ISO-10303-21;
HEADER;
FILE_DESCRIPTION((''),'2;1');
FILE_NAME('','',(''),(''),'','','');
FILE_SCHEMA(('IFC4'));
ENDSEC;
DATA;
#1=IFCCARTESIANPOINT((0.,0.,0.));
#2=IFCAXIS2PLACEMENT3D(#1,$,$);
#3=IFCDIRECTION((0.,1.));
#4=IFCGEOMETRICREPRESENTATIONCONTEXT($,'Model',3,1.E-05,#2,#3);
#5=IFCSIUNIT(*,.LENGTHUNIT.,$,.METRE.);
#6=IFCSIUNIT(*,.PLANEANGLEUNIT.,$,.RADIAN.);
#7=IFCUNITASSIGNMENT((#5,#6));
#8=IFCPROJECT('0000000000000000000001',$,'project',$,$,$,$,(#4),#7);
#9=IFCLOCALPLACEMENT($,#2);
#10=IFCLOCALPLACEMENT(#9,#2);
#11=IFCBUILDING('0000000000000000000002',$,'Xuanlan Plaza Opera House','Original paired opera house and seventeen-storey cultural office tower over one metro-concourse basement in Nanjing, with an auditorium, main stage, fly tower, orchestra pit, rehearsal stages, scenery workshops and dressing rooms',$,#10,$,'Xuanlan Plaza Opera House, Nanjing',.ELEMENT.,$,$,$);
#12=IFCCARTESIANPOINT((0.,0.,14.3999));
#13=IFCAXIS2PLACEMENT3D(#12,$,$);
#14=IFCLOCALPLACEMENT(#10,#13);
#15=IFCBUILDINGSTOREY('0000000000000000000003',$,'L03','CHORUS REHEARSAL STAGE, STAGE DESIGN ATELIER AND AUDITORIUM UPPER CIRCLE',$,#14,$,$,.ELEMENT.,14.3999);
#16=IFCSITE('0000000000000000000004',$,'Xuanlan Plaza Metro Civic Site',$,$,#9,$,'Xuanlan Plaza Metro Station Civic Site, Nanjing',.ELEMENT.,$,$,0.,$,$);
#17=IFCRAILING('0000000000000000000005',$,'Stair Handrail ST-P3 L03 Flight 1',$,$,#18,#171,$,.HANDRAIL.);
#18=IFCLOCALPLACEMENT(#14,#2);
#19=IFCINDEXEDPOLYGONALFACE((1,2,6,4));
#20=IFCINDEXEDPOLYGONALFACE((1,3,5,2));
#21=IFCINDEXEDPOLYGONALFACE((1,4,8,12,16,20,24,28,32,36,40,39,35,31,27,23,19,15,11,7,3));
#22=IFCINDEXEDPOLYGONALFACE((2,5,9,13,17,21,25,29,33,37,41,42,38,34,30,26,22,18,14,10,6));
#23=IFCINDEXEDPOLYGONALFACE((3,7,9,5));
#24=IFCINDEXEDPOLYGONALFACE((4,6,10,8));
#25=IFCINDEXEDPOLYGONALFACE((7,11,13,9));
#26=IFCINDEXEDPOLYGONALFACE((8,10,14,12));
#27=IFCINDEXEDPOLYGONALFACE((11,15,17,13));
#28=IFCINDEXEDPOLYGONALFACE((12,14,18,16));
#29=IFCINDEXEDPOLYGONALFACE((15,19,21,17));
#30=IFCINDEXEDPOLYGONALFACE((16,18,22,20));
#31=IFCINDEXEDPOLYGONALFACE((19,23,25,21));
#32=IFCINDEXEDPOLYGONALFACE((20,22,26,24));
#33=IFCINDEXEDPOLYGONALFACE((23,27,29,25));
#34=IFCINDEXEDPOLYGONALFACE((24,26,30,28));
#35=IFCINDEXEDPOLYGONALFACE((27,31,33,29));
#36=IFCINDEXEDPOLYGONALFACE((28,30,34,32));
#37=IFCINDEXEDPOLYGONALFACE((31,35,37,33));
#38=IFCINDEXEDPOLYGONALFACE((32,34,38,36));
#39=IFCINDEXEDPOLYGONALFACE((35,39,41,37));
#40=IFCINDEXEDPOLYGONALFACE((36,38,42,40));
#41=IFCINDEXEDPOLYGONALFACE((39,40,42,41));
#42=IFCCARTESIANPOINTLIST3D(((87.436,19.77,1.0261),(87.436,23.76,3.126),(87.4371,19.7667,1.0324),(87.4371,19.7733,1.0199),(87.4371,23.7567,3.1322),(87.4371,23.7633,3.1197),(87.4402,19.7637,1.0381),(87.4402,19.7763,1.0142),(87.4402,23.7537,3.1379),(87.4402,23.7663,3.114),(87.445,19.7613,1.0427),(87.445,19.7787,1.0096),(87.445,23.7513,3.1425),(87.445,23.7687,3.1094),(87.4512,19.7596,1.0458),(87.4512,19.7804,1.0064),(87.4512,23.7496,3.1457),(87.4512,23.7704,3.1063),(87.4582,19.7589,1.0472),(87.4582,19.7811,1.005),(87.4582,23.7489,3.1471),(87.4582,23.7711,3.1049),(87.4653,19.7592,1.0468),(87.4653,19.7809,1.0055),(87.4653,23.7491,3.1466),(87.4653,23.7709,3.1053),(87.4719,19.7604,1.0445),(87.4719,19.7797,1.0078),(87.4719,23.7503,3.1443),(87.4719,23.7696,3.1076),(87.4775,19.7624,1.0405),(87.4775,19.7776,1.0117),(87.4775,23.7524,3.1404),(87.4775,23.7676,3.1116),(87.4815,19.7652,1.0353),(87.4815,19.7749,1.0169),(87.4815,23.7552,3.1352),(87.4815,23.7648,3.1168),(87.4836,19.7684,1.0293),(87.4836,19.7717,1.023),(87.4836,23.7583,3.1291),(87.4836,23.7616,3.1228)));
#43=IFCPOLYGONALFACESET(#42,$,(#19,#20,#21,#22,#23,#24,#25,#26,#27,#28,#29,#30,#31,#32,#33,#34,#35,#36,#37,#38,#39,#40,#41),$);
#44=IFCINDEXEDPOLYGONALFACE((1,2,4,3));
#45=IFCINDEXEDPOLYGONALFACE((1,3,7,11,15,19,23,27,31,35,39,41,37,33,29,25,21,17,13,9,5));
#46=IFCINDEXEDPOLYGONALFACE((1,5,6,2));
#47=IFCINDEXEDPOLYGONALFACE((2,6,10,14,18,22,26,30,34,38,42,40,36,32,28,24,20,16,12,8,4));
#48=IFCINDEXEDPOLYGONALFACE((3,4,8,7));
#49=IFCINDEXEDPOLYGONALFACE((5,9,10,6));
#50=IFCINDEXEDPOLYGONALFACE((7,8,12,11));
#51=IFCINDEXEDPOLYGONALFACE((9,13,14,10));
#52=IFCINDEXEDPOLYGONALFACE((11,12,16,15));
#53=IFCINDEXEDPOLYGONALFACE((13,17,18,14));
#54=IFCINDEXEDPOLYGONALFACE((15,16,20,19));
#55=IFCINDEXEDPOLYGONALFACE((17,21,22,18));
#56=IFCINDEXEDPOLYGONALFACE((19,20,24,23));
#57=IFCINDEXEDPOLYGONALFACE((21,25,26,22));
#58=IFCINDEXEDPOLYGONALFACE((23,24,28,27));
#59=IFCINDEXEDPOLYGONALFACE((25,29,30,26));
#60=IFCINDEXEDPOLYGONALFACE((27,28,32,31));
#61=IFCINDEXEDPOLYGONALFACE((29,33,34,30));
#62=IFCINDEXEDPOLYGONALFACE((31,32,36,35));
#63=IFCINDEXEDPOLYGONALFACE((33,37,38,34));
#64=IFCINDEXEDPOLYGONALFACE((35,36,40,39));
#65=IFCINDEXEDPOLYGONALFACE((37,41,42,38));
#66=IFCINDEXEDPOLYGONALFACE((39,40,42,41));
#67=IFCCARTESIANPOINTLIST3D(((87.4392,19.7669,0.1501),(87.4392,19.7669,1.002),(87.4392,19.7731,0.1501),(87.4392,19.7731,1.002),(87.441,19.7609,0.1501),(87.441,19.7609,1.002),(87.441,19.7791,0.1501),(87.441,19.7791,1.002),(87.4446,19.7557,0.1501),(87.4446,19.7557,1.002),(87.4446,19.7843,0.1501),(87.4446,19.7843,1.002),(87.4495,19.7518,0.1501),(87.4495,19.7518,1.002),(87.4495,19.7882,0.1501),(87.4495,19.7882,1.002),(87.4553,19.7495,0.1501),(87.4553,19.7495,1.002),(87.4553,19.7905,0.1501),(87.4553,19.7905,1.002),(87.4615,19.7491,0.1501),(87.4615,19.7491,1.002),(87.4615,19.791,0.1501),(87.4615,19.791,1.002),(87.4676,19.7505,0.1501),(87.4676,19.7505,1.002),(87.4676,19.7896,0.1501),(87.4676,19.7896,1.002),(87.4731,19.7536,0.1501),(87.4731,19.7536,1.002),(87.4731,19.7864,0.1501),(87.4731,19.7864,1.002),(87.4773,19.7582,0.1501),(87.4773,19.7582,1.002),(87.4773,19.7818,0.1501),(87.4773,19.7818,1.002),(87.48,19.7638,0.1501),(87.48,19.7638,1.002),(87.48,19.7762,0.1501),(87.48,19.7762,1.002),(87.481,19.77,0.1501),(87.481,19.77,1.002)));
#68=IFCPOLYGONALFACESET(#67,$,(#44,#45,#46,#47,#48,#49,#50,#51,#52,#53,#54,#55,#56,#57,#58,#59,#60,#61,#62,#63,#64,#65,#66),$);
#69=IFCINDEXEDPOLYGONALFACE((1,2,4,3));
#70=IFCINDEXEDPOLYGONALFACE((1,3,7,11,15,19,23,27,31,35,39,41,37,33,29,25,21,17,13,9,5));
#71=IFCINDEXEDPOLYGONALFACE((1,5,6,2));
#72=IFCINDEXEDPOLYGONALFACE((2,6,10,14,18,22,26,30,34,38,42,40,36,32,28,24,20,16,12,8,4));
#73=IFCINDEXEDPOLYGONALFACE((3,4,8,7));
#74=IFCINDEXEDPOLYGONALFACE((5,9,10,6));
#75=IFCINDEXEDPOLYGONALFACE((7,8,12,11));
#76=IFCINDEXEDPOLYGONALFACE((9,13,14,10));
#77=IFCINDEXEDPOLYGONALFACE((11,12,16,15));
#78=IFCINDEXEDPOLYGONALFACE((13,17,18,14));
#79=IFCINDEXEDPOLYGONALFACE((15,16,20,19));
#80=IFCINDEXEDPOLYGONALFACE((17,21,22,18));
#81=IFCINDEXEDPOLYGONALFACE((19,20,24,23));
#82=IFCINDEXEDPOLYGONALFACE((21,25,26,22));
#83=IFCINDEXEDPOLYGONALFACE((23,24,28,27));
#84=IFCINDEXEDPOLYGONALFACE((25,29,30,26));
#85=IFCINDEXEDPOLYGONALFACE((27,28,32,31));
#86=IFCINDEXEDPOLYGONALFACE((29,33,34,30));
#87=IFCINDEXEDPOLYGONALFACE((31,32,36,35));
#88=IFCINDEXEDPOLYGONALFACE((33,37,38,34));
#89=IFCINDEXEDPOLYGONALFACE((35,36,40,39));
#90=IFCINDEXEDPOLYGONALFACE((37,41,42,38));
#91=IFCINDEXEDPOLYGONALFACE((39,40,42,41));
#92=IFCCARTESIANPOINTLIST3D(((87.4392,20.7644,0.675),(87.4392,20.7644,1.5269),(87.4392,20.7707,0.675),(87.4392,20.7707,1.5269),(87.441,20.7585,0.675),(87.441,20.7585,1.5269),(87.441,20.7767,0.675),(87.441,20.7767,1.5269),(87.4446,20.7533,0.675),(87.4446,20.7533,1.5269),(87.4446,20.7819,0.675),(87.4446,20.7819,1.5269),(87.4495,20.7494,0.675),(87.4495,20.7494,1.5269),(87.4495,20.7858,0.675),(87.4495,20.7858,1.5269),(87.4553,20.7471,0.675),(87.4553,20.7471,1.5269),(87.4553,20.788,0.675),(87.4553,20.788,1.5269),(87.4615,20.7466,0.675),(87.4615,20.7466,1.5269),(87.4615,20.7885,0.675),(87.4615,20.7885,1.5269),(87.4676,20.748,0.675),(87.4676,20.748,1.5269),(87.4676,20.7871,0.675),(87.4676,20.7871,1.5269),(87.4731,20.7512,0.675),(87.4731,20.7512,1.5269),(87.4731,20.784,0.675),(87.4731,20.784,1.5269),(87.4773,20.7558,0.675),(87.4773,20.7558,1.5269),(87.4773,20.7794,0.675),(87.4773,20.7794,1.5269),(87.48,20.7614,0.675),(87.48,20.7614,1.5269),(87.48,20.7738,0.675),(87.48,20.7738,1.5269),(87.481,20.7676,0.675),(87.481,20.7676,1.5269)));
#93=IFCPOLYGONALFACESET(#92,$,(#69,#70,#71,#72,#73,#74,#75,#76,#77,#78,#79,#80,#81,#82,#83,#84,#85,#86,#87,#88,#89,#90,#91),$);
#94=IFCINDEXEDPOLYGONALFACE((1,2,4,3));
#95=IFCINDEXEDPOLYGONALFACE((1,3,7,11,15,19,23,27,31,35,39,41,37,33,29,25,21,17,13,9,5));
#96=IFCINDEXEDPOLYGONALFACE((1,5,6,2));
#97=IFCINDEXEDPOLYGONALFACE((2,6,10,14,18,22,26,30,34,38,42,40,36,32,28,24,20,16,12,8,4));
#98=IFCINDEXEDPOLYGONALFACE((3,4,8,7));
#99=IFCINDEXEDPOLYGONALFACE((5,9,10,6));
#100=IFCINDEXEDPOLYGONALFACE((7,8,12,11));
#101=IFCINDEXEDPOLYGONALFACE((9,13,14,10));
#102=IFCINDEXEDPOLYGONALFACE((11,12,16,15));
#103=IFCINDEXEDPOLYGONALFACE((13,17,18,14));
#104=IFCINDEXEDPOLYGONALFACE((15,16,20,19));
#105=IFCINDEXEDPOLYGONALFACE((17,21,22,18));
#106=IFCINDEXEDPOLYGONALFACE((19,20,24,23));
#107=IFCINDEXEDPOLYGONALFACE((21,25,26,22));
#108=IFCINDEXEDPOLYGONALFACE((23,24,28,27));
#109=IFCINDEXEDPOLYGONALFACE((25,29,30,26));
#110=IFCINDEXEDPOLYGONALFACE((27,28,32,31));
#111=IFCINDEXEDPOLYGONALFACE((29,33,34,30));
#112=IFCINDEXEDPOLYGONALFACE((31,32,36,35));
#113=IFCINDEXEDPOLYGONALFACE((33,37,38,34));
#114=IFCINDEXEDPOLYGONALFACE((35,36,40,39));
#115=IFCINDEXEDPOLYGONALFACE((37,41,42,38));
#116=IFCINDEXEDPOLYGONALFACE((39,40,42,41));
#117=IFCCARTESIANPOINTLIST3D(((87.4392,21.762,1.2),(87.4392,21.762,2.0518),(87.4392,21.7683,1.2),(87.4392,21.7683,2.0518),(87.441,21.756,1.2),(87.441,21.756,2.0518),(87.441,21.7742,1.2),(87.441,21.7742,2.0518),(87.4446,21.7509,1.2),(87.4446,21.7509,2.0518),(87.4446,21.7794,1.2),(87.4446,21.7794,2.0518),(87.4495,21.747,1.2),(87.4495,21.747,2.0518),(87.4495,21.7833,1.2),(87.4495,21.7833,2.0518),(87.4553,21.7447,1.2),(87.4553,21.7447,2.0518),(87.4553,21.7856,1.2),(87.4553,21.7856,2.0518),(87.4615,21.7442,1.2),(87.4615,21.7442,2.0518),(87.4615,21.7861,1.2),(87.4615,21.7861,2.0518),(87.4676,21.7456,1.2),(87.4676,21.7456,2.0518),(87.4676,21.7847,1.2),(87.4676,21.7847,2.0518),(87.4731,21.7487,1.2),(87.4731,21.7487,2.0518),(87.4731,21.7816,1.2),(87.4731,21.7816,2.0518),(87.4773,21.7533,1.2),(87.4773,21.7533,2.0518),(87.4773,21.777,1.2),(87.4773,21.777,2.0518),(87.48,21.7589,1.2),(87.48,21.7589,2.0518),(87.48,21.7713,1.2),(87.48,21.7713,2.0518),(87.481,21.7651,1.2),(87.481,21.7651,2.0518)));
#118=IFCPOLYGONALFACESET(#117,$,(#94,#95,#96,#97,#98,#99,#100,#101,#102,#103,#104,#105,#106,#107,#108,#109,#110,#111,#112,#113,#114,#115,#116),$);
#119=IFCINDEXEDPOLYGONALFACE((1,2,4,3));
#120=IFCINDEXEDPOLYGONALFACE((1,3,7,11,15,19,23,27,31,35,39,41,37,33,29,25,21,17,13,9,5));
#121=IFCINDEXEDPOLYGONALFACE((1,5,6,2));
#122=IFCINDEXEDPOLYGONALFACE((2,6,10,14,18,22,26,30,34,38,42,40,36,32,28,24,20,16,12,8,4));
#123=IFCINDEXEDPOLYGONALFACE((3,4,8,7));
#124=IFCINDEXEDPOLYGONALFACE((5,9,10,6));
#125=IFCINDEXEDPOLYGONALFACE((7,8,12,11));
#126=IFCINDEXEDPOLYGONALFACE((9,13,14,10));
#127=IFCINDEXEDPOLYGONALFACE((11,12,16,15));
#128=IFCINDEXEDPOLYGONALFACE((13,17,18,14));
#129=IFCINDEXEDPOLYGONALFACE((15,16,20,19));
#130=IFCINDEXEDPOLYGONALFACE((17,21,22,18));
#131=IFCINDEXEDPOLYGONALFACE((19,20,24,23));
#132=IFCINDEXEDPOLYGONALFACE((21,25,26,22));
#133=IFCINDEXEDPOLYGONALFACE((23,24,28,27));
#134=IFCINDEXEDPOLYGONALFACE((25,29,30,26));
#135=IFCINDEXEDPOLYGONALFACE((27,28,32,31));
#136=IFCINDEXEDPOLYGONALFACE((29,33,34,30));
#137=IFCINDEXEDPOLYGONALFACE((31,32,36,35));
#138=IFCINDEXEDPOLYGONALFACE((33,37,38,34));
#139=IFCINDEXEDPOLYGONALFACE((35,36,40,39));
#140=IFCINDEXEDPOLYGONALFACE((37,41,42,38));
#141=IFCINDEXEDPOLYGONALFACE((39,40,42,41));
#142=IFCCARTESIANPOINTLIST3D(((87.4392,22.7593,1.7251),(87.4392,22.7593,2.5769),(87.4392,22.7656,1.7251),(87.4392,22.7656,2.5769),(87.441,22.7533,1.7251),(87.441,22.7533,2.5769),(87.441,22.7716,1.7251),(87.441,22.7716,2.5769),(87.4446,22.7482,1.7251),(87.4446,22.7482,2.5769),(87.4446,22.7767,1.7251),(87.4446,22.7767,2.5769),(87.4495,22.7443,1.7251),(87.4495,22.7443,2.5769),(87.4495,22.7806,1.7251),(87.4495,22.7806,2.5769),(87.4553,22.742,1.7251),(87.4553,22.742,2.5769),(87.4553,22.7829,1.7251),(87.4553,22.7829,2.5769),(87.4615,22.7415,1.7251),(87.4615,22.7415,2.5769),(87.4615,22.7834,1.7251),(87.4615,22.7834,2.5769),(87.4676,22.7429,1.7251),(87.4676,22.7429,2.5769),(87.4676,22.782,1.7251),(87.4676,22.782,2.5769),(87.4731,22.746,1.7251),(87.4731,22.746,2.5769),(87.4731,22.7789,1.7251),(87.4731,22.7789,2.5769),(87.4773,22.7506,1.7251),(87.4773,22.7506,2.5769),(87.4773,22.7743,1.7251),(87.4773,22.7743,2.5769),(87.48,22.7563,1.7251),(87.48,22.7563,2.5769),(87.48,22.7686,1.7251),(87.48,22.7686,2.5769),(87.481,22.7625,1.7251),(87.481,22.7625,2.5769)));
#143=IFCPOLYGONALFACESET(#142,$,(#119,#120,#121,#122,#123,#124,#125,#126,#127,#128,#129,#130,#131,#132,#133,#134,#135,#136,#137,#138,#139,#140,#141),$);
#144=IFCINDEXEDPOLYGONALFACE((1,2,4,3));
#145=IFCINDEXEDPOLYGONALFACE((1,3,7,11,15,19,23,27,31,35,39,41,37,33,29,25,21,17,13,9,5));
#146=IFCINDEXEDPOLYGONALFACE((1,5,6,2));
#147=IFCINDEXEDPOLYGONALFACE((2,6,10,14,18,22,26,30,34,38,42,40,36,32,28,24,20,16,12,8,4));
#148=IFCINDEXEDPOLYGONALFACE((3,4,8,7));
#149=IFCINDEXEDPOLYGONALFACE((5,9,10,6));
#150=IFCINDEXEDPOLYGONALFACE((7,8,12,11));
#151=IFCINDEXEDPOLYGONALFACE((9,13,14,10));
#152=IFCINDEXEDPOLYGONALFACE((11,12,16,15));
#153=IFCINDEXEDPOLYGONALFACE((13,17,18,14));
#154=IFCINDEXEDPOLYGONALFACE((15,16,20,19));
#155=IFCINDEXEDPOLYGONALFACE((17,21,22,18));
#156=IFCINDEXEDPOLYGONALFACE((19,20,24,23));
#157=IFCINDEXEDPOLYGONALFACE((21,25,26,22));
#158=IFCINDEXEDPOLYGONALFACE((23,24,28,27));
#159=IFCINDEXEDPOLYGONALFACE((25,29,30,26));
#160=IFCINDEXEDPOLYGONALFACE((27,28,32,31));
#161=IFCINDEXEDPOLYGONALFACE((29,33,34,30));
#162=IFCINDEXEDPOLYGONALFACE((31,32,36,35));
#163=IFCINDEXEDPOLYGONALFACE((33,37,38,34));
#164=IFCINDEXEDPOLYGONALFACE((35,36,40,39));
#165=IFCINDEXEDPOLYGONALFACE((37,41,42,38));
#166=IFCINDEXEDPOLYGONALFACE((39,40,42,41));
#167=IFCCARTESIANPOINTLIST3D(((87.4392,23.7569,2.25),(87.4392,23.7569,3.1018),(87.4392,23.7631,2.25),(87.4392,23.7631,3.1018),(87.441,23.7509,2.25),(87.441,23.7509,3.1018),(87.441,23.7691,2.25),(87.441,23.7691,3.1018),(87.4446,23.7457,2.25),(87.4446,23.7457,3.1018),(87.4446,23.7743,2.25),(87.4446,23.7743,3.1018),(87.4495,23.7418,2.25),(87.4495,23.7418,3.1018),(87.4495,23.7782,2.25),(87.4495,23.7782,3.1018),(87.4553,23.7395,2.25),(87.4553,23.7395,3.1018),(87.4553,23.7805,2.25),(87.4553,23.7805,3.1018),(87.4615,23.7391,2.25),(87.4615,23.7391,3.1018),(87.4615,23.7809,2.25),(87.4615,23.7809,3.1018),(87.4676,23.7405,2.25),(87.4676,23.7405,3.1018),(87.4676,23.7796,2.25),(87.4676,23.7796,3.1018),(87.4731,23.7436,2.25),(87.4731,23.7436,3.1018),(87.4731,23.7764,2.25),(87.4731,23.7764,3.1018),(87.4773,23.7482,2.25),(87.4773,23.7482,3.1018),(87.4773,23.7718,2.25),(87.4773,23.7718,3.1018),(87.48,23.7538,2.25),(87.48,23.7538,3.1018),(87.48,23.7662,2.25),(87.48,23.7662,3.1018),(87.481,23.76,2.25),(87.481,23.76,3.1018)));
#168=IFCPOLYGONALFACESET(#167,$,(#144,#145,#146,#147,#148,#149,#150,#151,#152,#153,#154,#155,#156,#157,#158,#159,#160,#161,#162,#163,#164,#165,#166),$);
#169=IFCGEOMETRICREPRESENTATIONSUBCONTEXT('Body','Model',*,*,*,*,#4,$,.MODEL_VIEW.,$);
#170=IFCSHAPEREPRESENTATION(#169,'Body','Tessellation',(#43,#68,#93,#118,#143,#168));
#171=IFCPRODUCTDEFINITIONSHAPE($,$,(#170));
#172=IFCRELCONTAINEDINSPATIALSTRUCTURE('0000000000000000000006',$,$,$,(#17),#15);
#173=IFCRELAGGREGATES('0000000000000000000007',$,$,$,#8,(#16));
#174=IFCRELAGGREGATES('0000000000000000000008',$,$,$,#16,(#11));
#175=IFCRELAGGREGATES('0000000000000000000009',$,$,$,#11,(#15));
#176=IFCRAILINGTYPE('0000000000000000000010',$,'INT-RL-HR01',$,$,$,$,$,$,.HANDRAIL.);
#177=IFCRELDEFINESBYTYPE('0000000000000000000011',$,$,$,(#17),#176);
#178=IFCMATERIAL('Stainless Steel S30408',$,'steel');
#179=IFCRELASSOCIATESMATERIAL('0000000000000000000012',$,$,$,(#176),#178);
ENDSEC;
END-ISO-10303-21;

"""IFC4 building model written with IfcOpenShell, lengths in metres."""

from ifc_helpers import new_model, si_unit, direction, frame, origin, origin_2d, place, context, subcontext, project, spatial, circle, extrude, material, type_object, element, save


model = new_model("IFC4")

# Units and contexts
model_context = context("Model", 3, precision=1e-05, world=origin(), true_north=direction((0.0, 1.0)))
body_context = subcontext(model_context, "Body", "Model", "MODEL_VIEW")
ifc_project = project(units=[si_unit("LENGTHUNIT", "METRE"), si_unit("PLANEANGLEUNIT", "RADIAN")], contexts=[model_context])

# Site, building, storey
site_placement = place(None, origin())
site = spatial("IfcSite", under=ifc_project, at=site_placement, Name="Xuanlan Plaza Metro Civic Site", LongName="Xuanlan Plaza Metro Station Civic Site, Nanjing", CompositionType="ELEMENT", RefElevation=0.0)
building_placement = place(site_placement, origin())
building = spatial("IfcBuilding", under=site, at=building_placement, Name="Xuanlan Plaza Opera House", Description="Original paired opera house and seventeen-storey cultural office tower over one metro-concourse basement in Nanjing, with an auditorium, main stage, fly tower, orchestra pit, rehearsal stages, scenery workshops and dressing rooms", LongName="Xuanlan Plaza Opera House, Nanjing", CompositionType="ELEMENT")
storey_placement = place(building_placement, frame((0.0, 0.0, 14.3999)))
storey = spatial("IfcBuildingStorey", under=building, at=storey_placement, Name="L03", Description="CHORUS REHEARSAL STAGE, STAGE DESIGN ATELIER AND AUDITORIUM UPPER CIRCLE", CompositionType="ELEMENT", Elevation=14.3999)

# Railing
ifc_material_1 = material(Name="Stainless Steel S30408", Category="steel")
railing_type = type_object("IfcRailingType", Name="INT-RL-HR01", PredefinedType="HANDRAIL", material=ifc_material_1)
for number, where, name in (
    (1, (87.46, 19.77, 0.1501), "Stair Handrail ST-P3 L03 Flight 1"),
):
    element("IfcRailing", number, at=place(storey_placement, frame(where)), inside=storey, type_object=railing_type, Name=name, PredefinedType="HANDRAIL", context=body_context, shape_type="SweptSolid", body=[
        extrude(circle(Radius=0.0239, at=origin_2d()), frame((0.0, 0.0, 0.876), z_axis=(0.0, 0.884931, 0.465722), x_axis=(-1.0, 0.0, 0.0)), (0.0, 0.0, 1.0), 4.5088),
        extrude(circle(Radius=0.021, at=origin_2d()), origin(), (0.0, 0.0, 1.0), 0.8518),
        extrude(circle(Radius=0.021, at=origin_2d()), frame((0.0, 0.9976, 0.5249)), (0.0, 0.0, 1.0), 0.8518),
        extrude(circle(Radius=0.021, at=origin_2d()), frame((0.0, 1.9951, 1.0498)), (0.0, 0.0, 1.0), 0.8518),
        extrude(circle(Radius=0.021, at=origin_2d()), frame((0.0, 2.9924, 1.575)), (0.0, 0.0, 1.0), 0.8518),
        extrude(circle(Radius=0.021, at=origin_2d()), frame((0.0, 3.99, 2.0999)), (0.0, 0.0, 1.0), 0.8518),
    ])

save(model, "model.ifc")
